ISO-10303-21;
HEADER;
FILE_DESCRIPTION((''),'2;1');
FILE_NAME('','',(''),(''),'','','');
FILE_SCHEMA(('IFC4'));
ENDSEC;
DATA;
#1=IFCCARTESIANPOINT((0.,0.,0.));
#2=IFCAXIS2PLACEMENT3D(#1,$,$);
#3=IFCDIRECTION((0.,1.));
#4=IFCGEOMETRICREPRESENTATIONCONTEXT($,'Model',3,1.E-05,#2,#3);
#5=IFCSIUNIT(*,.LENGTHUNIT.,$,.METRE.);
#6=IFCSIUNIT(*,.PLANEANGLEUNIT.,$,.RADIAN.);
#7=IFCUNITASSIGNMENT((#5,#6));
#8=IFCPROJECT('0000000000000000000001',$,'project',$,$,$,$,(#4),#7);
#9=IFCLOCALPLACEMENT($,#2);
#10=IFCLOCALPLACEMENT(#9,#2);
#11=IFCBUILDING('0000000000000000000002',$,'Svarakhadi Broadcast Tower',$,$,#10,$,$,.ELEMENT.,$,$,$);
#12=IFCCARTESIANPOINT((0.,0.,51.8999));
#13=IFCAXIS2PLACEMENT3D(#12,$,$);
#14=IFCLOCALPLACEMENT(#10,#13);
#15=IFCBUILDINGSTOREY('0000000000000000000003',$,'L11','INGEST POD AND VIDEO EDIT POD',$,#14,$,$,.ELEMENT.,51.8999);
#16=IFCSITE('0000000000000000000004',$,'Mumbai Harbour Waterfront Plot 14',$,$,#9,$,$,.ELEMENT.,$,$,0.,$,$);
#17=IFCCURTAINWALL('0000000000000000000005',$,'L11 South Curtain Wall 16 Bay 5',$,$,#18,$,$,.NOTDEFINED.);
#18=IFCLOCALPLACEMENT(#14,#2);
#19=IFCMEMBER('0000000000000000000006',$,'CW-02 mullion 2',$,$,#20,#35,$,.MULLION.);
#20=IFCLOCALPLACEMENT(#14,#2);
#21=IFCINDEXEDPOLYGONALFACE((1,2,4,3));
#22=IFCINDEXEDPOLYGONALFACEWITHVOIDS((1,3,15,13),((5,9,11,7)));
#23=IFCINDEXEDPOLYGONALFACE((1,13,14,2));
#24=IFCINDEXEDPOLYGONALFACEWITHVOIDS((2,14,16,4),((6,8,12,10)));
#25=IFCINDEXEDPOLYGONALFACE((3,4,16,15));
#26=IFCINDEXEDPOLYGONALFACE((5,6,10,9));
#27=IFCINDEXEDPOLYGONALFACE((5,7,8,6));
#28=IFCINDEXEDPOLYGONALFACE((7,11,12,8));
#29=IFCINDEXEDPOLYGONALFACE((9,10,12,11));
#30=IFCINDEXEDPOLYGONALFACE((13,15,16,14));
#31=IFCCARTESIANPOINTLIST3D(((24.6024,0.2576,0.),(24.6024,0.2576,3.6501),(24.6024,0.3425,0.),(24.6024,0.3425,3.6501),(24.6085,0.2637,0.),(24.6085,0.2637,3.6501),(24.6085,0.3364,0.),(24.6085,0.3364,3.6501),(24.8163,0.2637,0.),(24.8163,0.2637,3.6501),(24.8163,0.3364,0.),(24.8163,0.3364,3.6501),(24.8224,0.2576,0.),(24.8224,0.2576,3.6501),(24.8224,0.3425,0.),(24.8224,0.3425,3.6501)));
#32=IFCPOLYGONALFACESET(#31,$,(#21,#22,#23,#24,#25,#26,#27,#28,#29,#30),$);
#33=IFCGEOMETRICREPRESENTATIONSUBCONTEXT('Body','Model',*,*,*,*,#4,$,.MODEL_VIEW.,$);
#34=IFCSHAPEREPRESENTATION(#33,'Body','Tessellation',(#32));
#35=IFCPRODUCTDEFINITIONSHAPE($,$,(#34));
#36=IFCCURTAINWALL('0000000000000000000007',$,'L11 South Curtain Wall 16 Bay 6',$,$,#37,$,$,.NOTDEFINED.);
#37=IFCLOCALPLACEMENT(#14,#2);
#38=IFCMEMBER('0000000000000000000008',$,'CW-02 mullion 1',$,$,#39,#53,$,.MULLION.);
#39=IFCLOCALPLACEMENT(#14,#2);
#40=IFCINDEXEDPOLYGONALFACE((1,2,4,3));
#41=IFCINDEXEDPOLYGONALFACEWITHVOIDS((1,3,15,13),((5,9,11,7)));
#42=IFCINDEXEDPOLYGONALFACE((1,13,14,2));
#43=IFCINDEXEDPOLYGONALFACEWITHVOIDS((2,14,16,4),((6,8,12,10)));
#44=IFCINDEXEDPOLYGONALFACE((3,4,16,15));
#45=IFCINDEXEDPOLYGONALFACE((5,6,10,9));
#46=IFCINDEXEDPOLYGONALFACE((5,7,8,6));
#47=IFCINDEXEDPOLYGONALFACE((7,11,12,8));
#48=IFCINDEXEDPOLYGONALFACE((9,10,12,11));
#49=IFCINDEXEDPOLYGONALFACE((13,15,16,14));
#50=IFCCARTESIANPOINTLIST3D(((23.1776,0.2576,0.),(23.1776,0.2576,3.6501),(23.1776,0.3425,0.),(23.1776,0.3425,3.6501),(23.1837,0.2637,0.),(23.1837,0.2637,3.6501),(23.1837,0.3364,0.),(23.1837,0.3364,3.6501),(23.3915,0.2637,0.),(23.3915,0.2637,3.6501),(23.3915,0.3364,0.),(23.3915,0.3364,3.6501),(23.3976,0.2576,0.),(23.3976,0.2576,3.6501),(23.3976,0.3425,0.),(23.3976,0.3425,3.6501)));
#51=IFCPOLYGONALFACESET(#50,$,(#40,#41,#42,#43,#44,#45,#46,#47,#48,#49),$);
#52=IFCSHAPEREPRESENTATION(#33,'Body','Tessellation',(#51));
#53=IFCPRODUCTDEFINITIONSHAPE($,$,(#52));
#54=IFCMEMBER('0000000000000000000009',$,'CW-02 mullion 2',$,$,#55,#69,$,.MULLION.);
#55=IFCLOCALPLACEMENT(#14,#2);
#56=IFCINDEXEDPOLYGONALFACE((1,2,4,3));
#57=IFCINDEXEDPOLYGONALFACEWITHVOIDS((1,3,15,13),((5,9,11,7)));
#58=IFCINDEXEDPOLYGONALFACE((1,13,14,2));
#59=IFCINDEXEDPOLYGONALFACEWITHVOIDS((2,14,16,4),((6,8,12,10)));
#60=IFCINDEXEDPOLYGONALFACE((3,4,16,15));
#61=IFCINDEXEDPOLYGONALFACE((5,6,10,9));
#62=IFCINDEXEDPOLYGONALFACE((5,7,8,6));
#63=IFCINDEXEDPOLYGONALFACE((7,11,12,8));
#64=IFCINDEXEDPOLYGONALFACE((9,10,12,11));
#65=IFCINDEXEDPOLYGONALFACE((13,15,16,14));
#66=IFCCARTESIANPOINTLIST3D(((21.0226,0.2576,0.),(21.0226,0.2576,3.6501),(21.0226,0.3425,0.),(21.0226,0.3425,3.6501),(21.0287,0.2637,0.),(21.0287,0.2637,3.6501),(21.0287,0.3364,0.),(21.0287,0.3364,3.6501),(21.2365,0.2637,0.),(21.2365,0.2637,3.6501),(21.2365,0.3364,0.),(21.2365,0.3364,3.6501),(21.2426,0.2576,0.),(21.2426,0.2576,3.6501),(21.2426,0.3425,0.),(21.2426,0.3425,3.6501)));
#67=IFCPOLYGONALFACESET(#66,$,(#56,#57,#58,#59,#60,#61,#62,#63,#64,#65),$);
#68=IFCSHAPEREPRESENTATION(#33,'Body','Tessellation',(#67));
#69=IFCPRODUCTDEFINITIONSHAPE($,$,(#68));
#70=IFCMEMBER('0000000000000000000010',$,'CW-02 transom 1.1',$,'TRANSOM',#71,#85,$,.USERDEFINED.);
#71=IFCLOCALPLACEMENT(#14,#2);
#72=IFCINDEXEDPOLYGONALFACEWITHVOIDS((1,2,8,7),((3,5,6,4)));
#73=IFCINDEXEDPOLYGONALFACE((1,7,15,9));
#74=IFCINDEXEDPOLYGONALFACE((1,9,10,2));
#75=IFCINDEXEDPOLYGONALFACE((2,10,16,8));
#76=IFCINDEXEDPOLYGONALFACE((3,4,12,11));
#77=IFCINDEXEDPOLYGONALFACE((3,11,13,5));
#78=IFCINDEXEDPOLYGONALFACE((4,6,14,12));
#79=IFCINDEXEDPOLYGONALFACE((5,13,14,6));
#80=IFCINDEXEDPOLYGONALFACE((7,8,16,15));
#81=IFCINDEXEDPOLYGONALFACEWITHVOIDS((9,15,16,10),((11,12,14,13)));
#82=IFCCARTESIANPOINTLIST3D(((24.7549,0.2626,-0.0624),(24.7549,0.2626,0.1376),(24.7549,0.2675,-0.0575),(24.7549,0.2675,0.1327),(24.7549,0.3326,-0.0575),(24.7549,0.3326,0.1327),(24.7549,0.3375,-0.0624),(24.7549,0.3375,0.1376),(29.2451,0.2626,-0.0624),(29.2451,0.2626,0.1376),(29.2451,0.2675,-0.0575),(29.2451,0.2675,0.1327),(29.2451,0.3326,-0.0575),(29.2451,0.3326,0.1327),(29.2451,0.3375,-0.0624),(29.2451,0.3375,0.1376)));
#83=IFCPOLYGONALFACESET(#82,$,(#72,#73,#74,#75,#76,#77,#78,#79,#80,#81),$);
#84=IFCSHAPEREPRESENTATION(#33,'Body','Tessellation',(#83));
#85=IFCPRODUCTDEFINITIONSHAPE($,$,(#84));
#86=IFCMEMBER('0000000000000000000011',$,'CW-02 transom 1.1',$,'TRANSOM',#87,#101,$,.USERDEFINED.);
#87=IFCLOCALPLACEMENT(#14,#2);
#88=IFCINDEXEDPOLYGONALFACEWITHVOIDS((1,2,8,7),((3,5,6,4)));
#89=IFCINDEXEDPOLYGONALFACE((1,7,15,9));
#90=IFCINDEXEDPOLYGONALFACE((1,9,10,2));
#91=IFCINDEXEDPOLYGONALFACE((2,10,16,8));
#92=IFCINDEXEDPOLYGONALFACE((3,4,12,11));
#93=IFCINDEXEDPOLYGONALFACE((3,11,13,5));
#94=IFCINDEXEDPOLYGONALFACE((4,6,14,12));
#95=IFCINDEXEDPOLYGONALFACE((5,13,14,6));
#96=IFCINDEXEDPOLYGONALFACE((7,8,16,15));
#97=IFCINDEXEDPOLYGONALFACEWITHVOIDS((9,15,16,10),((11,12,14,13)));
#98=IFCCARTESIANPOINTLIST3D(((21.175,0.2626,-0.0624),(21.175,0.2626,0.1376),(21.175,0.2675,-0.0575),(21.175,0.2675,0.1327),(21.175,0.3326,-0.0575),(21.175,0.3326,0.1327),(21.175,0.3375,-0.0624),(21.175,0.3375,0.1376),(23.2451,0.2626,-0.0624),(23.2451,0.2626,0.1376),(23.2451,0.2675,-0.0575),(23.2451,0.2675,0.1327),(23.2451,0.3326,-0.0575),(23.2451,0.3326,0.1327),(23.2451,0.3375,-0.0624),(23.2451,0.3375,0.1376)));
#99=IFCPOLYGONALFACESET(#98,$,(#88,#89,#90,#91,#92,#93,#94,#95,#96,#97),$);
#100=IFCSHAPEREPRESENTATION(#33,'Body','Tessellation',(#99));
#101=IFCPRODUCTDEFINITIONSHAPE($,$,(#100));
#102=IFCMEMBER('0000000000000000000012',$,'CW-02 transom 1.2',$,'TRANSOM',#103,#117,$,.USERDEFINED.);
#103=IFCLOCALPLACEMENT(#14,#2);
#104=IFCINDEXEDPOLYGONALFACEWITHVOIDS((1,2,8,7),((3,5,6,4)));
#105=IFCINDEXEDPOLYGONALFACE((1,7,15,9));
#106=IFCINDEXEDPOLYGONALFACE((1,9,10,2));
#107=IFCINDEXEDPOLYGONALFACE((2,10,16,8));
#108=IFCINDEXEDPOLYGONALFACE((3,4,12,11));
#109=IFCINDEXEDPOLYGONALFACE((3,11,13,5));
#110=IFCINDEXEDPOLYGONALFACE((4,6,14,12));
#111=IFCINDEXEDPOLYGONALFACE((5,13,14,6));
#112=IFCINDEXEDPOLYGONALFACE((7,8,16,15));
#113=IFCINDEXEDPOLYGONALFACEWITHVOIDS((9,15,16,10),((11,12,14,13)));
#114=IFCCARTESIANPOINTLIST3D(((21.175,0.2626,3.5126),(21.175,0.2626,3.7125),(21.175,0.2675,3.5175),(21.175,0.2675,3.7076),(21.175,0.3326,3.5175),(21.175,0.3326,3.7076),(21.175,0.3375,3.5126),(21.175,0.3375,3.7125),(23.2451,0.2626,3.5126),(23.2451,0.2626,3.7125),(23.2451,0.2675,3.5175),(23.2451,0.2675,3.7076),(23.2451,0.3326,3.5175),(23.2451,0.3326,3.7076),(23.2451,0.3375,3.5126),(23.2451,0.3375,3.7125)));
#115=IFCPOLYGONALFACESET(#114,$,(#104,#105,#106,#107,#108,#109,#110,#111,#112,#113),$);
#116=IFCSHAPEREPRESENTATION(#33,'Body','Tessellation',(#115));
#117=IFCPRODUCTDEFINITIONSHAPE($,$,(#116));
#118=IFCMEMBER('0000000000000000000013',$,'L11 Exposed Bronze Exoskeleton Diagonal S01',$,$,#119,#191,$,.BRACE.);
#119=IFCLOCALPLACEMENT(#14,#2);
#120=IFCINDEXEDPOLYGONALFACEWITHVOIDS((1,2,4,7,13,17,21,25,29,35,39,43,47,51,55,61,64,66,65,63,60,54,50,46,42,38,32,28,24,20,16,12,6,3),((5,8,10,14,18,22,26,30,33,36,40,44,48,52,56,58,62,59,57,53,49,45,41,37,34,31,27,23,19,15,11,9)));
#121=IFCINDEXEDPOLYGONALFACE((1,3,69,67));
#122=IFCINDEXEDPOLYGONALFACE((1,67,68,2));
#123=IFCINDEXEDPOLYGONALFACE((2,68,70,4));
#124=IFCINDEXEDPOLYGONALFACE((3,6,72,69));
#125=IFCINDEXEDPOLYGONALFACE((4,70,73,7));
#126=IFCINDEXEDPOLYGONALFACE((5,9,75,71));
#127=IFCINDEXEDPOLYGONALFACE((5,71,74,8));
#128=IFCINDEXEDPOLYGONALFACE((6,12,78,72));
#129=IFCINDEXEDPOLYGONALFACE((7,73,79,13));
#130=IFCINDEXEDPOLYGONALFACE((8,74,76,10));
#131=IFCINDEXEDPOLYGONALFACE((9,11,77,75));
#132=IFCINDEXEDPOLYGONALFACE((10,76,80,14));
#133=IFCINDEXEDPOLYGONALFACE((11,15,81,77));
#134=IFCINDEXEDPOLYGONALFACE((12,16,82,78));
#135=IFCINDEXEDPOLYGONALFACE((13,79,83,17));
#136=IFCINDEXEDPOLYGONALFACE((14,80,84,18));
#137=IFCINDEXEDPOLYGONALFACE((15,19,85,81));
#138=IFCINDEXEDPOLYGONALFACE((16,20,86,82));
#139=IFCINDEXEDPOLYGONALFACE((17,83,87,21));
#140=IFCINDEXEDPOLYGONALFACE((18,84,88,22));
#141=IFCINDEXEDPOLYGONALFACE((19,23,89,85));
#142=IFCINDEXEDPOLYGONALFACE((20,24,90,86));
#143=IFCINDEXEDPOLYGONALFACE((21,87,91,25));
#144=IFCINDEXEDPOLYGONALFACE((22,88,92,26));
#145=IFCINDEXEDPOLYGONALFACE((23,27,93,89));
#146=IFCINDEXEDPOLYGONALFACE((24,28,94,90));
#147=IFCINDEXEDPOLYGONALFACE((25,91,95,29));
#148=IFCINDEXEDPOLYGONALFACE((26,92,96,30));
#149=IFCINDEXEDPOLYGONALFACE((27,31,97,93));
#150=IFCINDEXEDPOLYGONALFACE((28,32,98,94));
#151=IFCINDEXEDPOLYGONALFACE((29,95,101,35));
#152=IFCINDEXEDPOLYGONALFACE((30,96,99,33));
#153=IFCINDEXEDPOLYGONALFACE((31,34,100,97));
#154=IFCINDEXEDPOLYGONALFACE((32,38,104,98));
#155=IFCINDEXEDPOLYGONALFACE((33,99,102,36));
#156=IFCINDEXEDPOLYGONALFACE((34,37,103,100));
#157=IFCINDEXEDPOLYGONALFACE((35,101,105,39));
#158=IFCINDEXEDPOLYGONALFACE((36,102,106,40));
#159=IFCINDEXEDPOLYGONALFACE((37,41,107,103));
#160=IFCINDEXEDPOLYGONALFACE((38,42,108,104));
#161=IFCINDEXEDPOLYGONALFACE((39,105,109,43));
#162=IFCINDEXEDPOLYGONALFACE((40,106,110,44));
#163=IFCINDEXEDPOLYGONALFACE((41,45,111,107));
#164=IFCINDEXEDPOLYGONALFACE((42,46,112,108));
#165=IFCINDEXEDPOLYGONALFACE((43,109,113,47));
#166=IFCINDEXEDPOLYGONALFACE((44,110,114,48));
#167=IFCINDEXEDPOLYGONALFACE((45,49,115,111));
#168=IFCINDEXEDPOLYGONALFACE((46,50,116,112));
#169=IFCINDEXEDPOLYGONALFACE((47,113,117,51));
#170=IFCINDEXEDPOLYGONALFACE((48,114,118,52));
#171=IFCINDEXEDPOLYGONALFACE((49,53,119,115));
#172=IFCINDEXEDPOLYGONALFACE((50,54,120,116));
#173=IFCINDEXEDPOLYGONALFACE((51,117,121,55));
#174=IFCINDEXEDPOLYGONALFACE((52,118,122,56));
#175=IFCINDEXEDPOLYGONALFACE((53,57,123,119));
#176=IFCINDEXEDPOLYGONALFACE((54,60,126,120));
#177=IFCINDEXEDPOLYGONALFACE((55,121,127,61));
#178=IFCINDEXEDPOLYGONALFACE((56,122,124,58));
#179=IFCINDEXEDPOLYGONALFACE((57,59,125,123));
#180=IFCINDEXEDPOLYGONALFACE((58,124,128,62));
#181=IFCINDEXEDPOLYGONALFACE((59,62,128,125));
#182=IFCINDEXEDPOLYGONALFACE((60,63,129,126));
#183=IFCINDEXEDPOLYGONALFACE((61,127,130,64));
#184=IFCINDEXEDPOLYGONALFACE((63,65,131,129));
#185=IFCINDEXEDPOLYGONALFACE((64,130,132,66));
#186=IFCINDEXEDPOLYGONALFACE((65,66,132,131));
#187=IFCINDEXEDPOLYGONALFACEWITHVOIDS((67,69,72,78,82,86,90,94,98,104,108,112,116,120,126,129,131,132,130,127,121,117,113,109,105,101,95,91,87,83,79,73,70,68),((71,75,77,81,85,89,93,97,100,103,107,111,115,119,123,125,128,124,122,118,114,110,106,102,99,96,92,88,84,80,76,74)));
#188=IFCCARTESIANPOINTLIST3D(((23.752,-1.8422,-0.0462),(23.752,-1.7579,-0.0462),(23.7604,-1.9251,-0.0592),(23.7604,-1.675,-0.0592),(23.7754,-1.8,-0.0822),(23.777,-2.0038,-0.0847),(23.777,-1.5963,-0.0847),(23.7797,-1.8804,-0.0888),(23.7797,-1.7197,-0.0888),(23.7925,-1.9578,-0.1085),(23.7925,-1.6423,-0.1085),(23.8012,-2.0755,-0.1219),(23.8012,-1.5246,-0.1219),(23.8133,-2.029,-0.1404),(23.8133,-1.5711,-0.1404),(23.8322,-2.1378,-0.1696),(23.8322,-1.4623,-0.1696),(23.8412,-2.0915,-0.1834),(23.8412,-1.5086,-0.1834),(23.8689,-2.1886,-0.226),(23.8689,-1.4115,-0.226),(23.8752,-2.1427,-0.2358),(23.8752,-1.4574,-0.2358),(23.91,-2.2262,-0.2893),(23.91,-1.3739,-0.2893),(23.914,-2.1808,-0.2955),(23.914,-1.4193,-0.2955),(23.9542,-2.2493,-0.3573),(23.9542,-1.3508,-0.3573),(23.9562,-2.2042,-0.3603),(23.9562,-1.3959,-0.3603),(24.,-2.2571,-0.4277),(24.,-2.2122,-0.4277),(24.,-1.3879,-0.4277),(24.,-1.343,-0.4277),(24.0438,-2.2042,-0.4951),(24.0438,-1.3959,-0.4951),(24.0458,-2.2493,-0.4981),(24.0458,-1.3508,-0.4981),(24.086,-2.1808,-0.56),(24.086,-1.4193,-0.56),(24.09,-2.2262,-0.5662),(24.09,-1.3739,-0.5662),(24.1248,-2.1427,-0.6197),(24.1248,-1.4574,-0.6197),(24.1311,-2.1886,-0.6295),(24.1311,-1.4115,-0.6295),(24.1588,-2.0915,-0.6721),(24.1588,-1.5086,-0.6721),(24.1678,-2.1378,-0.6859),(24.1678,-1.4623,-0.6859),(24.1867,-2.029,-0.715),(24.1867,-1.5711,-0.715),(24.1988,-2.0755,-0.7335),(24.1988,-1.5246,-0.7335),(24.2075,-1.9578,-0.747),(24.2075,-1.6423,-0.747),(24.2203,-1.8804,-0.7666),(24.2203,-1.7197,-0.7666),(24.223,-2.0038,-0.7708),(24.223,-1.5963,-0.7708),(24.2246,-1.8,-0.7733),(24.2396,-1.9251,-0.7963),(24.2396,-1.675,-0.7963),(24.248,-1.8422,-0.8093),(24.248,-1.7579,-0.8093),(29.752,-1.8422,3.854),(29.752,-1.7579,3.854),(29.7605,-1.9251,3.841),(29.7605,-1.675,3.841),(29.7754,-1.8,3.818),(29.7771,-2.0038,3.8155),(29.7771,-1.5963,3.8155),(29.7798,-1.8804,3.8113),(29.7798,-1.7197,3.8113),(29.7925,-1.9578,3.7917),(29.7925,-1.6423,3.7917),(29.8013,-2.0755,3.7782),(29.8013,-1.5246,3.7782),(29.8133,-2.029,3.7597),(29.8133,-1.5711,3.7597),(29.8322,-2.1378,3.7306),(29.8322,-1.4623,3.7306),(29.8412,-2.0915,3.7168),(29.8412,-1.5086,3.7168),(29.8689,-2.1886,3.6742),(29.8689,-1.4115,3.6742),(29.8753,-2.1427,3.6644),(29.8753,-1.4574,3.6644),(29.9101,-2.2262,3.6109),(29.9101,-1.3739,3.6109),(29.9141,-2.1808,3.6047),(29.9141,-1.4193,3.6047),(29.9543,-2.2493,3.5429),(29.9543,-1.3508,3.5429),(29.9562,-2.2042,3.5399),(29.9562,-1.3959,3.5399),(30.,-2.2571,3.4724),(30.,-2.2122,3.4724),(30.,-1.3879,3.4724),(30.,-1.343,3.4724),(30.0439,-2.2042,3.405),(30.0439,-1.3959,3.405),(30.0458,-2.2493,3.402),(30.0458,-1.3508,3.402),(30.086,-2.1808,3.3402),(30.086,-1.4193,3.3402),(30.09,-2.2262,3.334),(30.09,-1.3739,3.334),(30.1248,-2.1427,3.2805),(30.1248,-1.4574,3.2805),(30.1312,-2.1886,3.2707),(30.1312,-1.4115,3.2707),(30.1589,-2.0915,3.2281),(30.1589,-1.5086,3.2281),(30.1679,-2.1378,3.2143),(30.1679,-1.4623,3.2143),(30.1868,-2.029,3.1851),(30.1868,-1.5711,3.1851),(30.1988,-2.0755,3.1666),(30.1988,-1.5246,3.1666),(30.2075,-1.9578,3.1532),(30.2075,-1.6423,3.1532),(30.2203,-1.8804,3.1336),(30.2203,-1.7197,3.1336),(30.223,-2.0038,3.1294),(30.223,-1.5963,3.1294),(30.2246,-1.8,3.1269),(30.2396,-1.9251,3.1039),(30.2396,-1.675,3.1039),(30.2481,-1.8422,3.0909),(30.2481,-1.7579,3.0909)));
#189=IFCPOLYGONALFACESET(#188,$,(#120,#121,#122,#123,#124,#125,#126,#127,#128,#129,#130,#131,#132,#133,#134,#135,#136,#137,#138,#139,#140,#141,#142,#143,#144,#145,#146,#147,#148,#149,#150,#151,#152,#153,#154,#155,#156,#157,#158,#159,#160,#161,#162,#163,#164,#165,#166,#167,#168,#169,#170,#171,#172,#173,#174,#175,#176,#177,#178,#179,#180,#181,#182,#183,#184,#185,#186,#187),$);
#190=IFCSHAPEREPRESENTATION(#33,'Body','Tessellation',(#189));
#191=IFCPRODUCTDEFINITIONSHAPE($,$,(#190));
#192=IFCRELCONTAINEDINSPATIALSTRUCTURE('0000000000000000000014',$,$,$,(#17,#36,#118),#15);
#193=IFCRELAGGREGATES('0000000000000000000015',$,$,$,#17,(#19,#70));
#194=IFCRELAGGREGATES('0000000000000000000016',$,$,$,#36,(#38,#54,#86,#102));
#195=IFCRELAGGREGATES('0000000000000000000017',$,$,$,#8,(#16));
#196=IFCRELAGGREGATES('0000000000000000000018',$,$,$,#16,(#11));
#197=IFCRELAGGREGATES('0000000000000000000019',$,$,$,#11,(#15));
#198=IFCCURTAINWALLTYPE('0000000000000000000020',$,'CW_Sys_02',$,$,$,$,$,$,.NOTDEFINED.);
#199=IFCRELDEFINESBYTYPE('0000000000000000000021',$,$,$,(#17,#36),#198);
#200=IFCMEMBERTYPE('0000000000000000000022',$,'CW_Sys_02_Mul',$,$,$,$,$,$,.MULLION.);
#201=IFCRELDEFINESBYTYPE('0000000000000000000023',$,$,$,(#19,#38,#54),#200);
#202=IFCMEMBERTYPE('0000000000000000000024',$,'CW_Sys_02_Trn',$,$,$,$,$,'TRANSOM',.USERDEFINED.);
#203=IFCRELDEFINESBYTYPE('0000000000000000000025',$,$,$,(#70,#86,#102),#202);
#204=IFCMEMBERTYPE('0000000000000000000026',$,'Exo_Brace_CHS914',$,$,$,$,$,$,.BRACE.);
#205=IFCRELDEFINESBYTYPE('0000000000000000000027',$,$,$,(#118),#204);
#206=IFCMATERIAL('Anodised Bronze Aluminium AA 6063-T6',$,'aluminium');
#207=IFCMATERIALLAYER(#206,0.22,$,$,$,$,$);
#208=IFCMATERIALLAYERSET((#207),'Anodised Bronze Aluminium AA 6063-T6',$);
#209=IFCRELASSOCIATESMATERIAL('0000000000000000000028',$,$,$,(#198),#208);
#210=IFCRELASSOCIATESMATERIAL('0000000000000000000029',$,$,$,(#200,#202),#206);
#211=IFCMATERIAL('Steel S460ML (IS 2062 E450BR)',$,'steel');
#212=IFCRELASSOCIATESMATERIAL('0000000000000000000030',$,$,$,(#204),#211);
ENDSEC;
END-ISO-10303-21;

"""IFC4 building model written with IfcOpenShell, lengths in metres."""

from ifc_helpers import new_model, si_unit, direction, frame, origin, origin_2d, place, context, subcontext, project, spatial, hollow_rectangle, hollow_circle, extrude, material, layer, layer_set, material_profile, profile_set, type_object, element, aggregate, save


model = new_model("IFC4")

# Units and contexts
model_context = context("Model", 3, precision=1e-05, world=origin(), true_north=direction((0.0, 1.0)))
body_context = subcontext(model_context, "Body", "Model", "MODEL_VIEW")
ifc_project = project(units=[si_unit("LENGTHUNIT", "METRE"), si_unit("PLANEANGLEUNIT", "RADIAN")], contexts=[model_context])

# Site, building, storey
site_placement = place(None, origin())
site = spatial("IfcSite", under=ifc_project, at=site_placement, Name="Mumbai Harbour Waterfront Plot 14", CompositionType="ELEMENT", RefElevation=0.0)
building_placement = place(site_placement, origin())
building = spatial("IfcBuilding", under=site, at=building_placement, Name="Svarakhadi Broadcast Tower", CompositionType="ELEMENT")
storey_placement = place(building_placement, frame((0.0, 0.0, 51.8999)))
storey = spatial("IfcBuildingStorey", under=building, at=storey_placement, Name="L11", Description="INGEST POD AND VIDEO EDIT POD", CompositionType="ELEMENT", Elevation=51.8999)

# Curtain wall, member
ifc_material_1 = material(Name="Anodised Bronze Aluminium AA 6063-T6", Category="aluminium")
ifc_layer_1 = layer(ifc_material_1, 0.22)
ifc_layer_set_1 = layer_set([ifc_layer_1], Name="Anodised Bronze Aluminium AA 6063-T6")
curtain_wall_type = type_object("IfcCurtainWallType", Name="CW_Sys_02", PredefinedType="NOTDEFINED", material=ifc_layer_set_1)
curtain_wall_1_placement = place(storey_placement, origin())
curtain_wall_1 = element("IfcCurtainWall", 1, at=curtain_wall_1_placement, inside=storey, type_object=curtain_wall_type, Name="L11 South Curtain Wall 16 Bay 5", PredefinedType="NOTDEFINED")
ifc_material_profile_1 = material_profile(ifc_material_1, hollow_rectangle(XDim=0.085, YDim=0.22, WallThickness=0.0061, at=origin_2d()), Name="ALU MULLION 220x85x6")
ifc_profile_set_1 = profile_set([ifc_material_profile_1], Name="Anodised Bronze Aluminium AA 6063-T6")
member_type_1 = type_object("IfcMemberType", Name="CW_Sys_02_Mul", PredefinedType="MULLION", material=ifc_profile_set_1)
member_1_placement = place(storey_placement, frame((24.7124, 0.3, 0.0), z_axis=(0.0, 0.0, 1.0), x_axis=(0.0, -1.0, 0.0)))
member_1 = element("IfcMember", 2, at=member_1_placement, type_object=member_type_1, Name="CW-02 mullion 2", PredefinedType="MULLION", context=body_context, shape_type="SweptSolid", body=[
    extrude(hollow_rectangle(XDim=0.085, YDim=0.22, WallThickness=0.0061, at=origin_2d()), origin(), (0.0, 0.0, 1.0), 3.6501),
])

# Curtain wall, members
curtain_wall_2_placement = place(storey_placement, origin())
curtain_wall_2 = element("IfcCurtainWall", 3, at=curtain_wall_2_placement, inside=storey, type_object=curtain_wall_type, Name="L11 South Curtain Wall 16 Bay 6", PredefinedType="NOTDEFINED")
member_2_placement = place(storey_placement, frame((23.2876, 0.3, 0.0), z_axis=(0.0, 0.0, 1.0), x_axis=(0.0, -1.0, 0.0)))
member_2 = element("IfcMember", 4, at=member_2_placement, type_object=member_type_1, Name="CW-02 mullion 1", PredefinedType="MULLION", context=body_context, shape_type="SweptSolid", body=[
    extrude(hollow_rectangle(XDim=0.085, YDim=0.22, WallThickness=0.0061, at=origin_2d()), origin(), (0.0, 0.0, 1.0), 3.6501),
])
member_3_placement = place(storey_placement, frame((21.1326, 0.3, 0.0), z_axis=(0.0, 0.0, 1.0), x_axis=(0.0, -1.0, 0.0)))
member_3 = element("IfcMember", 5, at=member_3_placement, type_object=member_type_1, Name="CW-02 mullion 2", PredefinedType="MULLION", context=body_context, shape_type="SweptSolid", body=[
    extrude(hollow_rectangle(XDim=0.085, YDim=0.22, WallThickness=0.0061, at=origin_2d()), origin(), (0.0, 0.0, 1.0), 3.6501),
])

# Members
ifc_material_profile_2 = material_profile(ifc_material_1, hollow_rectangle(XDim=0.075, YDim=0.2, WallThickness=0.0049, at=origin_2d()), Name="ALU TRANSOM 200x75x5")
ifc_profile_set_2 = profile_set([ifc_material_profile_2], Name="Anodised Bronze Aluminium AA 6063-T6")
member_type_2 = type_object("IfcMemberType", Name="CW_Sys_02_Trn", ElementType="TRANSOM", PredefinedType="USERDEFINED", material=ifc_profile_set_2)
member_4_placement = place(storey_placement, frame((29.2451, 0.3, 0.0376), z_axis=(-1.0, 0.0, 0.0), x_axis=(0.0, -1.0, 0.0)))
member_4 = element("IfcMember", 6, at=member_4_placement, type_object=member_type_2, Name="CW-02 transom 1.1", ObjectType="TRANSOM", PredefinedType="USERDEFINED", context=body_context, shape_type="SweptSolid", body=[
    extrude(hollow_rectangle(XDim=0.075, YDim=0.2, WallThickness=0.0049, at=origin_2d()), origin(), (0.0, 0.0, 1.0), 4.4902),
])
member_5_placement = place(storey_placement, frame((23.2451, 0.3, 0.0376), z_axis=(-1.0, 0.0, 0.0), x_axis=(0.0, -1.0, 0.0)))
member_5 = element("IfcMember", 7, at=member_5_placement, type_object=member_type_2, Name="CW-02 transom 1.1", ObjectType="TRANSOM", PredefinedType="USERDEFINED", context=body_context, shape_type="SweptSolid", body=[
    extrude(hollow_rectangle(XDim=0.075, YDim=0.2, WallThickness=0.0049, at=origin_2d()), origin(), (0.0, 0.0, 1.0), 2.0701),
])
member_6_placement = place(storey_placement, frame((23.2451, 0.3, 3.6125), z_axis=(-1.0, 0.0, 0.0), x_axis=(0.0, -1.0, 0.0)))
member_6 = element("IfcMember", 8, at=member_6_placement, type_object=member_type_2, Name="CW-02 transom 1.2", ObjectType="TRANSOM", PredefinedType="USERDEFINED", context=body_context, shape_type="SweptSolid", body=[
    extrude(hollow_rectangle(XDim=0.075, YDim=0.2, WallThickness=0.0049, at=origin_2d()), origin(), (0.0, 0.0, 1.0), 2.0701),
])

# Member
ifc_material_2 = material(Name="Steel S460ML (IS 2062 E450BR)", Category="steel")
ifc_material_profile_3 = material_profile(ifc_material_2, hollow_circle(Radius=0.457, WallThickness=0.0449, at=origin_2d()), Name="CHS 914x45")
ifc_profile_set_3 = profile_set([ifc_material_profile_3], Name="Steel S460ML (IS 2062 E450BR)")
member_type_3 = type_object("IfcMemberType", Name="Exo_Brace_CHS914", PredefinedType="BRACE", material=ifc_profile_set_3)
member_7_placement = place(storey_placement, frame((24.0, -1.8, -0.4277), z_axis=(0.838434, 0.0, 0.545003), x_axis=(0.0, 1.0, 0.0)))
element("IfcMember", 9, at=member_7_placement, inside=storey, type_object=member_type_3, Name="L11 Exposed Bronze Exoskeleton Diagonal S01", PredefinedType="BRACE", context=body_context, shape_type="SweptSolid", body=[
    extrude(hollow_circle(Radius=0.457, WallThickness=0.0449, at=origin_2d()), origin(), (0.0, 0.0, 1.0), 7.1562),
])

aggregate(curtain_wall_1, [member_1, member_4])
aggregate(curtain_wall_2, [member_2, member_3, member_5, member_6])

save(model, "model.ifc")
